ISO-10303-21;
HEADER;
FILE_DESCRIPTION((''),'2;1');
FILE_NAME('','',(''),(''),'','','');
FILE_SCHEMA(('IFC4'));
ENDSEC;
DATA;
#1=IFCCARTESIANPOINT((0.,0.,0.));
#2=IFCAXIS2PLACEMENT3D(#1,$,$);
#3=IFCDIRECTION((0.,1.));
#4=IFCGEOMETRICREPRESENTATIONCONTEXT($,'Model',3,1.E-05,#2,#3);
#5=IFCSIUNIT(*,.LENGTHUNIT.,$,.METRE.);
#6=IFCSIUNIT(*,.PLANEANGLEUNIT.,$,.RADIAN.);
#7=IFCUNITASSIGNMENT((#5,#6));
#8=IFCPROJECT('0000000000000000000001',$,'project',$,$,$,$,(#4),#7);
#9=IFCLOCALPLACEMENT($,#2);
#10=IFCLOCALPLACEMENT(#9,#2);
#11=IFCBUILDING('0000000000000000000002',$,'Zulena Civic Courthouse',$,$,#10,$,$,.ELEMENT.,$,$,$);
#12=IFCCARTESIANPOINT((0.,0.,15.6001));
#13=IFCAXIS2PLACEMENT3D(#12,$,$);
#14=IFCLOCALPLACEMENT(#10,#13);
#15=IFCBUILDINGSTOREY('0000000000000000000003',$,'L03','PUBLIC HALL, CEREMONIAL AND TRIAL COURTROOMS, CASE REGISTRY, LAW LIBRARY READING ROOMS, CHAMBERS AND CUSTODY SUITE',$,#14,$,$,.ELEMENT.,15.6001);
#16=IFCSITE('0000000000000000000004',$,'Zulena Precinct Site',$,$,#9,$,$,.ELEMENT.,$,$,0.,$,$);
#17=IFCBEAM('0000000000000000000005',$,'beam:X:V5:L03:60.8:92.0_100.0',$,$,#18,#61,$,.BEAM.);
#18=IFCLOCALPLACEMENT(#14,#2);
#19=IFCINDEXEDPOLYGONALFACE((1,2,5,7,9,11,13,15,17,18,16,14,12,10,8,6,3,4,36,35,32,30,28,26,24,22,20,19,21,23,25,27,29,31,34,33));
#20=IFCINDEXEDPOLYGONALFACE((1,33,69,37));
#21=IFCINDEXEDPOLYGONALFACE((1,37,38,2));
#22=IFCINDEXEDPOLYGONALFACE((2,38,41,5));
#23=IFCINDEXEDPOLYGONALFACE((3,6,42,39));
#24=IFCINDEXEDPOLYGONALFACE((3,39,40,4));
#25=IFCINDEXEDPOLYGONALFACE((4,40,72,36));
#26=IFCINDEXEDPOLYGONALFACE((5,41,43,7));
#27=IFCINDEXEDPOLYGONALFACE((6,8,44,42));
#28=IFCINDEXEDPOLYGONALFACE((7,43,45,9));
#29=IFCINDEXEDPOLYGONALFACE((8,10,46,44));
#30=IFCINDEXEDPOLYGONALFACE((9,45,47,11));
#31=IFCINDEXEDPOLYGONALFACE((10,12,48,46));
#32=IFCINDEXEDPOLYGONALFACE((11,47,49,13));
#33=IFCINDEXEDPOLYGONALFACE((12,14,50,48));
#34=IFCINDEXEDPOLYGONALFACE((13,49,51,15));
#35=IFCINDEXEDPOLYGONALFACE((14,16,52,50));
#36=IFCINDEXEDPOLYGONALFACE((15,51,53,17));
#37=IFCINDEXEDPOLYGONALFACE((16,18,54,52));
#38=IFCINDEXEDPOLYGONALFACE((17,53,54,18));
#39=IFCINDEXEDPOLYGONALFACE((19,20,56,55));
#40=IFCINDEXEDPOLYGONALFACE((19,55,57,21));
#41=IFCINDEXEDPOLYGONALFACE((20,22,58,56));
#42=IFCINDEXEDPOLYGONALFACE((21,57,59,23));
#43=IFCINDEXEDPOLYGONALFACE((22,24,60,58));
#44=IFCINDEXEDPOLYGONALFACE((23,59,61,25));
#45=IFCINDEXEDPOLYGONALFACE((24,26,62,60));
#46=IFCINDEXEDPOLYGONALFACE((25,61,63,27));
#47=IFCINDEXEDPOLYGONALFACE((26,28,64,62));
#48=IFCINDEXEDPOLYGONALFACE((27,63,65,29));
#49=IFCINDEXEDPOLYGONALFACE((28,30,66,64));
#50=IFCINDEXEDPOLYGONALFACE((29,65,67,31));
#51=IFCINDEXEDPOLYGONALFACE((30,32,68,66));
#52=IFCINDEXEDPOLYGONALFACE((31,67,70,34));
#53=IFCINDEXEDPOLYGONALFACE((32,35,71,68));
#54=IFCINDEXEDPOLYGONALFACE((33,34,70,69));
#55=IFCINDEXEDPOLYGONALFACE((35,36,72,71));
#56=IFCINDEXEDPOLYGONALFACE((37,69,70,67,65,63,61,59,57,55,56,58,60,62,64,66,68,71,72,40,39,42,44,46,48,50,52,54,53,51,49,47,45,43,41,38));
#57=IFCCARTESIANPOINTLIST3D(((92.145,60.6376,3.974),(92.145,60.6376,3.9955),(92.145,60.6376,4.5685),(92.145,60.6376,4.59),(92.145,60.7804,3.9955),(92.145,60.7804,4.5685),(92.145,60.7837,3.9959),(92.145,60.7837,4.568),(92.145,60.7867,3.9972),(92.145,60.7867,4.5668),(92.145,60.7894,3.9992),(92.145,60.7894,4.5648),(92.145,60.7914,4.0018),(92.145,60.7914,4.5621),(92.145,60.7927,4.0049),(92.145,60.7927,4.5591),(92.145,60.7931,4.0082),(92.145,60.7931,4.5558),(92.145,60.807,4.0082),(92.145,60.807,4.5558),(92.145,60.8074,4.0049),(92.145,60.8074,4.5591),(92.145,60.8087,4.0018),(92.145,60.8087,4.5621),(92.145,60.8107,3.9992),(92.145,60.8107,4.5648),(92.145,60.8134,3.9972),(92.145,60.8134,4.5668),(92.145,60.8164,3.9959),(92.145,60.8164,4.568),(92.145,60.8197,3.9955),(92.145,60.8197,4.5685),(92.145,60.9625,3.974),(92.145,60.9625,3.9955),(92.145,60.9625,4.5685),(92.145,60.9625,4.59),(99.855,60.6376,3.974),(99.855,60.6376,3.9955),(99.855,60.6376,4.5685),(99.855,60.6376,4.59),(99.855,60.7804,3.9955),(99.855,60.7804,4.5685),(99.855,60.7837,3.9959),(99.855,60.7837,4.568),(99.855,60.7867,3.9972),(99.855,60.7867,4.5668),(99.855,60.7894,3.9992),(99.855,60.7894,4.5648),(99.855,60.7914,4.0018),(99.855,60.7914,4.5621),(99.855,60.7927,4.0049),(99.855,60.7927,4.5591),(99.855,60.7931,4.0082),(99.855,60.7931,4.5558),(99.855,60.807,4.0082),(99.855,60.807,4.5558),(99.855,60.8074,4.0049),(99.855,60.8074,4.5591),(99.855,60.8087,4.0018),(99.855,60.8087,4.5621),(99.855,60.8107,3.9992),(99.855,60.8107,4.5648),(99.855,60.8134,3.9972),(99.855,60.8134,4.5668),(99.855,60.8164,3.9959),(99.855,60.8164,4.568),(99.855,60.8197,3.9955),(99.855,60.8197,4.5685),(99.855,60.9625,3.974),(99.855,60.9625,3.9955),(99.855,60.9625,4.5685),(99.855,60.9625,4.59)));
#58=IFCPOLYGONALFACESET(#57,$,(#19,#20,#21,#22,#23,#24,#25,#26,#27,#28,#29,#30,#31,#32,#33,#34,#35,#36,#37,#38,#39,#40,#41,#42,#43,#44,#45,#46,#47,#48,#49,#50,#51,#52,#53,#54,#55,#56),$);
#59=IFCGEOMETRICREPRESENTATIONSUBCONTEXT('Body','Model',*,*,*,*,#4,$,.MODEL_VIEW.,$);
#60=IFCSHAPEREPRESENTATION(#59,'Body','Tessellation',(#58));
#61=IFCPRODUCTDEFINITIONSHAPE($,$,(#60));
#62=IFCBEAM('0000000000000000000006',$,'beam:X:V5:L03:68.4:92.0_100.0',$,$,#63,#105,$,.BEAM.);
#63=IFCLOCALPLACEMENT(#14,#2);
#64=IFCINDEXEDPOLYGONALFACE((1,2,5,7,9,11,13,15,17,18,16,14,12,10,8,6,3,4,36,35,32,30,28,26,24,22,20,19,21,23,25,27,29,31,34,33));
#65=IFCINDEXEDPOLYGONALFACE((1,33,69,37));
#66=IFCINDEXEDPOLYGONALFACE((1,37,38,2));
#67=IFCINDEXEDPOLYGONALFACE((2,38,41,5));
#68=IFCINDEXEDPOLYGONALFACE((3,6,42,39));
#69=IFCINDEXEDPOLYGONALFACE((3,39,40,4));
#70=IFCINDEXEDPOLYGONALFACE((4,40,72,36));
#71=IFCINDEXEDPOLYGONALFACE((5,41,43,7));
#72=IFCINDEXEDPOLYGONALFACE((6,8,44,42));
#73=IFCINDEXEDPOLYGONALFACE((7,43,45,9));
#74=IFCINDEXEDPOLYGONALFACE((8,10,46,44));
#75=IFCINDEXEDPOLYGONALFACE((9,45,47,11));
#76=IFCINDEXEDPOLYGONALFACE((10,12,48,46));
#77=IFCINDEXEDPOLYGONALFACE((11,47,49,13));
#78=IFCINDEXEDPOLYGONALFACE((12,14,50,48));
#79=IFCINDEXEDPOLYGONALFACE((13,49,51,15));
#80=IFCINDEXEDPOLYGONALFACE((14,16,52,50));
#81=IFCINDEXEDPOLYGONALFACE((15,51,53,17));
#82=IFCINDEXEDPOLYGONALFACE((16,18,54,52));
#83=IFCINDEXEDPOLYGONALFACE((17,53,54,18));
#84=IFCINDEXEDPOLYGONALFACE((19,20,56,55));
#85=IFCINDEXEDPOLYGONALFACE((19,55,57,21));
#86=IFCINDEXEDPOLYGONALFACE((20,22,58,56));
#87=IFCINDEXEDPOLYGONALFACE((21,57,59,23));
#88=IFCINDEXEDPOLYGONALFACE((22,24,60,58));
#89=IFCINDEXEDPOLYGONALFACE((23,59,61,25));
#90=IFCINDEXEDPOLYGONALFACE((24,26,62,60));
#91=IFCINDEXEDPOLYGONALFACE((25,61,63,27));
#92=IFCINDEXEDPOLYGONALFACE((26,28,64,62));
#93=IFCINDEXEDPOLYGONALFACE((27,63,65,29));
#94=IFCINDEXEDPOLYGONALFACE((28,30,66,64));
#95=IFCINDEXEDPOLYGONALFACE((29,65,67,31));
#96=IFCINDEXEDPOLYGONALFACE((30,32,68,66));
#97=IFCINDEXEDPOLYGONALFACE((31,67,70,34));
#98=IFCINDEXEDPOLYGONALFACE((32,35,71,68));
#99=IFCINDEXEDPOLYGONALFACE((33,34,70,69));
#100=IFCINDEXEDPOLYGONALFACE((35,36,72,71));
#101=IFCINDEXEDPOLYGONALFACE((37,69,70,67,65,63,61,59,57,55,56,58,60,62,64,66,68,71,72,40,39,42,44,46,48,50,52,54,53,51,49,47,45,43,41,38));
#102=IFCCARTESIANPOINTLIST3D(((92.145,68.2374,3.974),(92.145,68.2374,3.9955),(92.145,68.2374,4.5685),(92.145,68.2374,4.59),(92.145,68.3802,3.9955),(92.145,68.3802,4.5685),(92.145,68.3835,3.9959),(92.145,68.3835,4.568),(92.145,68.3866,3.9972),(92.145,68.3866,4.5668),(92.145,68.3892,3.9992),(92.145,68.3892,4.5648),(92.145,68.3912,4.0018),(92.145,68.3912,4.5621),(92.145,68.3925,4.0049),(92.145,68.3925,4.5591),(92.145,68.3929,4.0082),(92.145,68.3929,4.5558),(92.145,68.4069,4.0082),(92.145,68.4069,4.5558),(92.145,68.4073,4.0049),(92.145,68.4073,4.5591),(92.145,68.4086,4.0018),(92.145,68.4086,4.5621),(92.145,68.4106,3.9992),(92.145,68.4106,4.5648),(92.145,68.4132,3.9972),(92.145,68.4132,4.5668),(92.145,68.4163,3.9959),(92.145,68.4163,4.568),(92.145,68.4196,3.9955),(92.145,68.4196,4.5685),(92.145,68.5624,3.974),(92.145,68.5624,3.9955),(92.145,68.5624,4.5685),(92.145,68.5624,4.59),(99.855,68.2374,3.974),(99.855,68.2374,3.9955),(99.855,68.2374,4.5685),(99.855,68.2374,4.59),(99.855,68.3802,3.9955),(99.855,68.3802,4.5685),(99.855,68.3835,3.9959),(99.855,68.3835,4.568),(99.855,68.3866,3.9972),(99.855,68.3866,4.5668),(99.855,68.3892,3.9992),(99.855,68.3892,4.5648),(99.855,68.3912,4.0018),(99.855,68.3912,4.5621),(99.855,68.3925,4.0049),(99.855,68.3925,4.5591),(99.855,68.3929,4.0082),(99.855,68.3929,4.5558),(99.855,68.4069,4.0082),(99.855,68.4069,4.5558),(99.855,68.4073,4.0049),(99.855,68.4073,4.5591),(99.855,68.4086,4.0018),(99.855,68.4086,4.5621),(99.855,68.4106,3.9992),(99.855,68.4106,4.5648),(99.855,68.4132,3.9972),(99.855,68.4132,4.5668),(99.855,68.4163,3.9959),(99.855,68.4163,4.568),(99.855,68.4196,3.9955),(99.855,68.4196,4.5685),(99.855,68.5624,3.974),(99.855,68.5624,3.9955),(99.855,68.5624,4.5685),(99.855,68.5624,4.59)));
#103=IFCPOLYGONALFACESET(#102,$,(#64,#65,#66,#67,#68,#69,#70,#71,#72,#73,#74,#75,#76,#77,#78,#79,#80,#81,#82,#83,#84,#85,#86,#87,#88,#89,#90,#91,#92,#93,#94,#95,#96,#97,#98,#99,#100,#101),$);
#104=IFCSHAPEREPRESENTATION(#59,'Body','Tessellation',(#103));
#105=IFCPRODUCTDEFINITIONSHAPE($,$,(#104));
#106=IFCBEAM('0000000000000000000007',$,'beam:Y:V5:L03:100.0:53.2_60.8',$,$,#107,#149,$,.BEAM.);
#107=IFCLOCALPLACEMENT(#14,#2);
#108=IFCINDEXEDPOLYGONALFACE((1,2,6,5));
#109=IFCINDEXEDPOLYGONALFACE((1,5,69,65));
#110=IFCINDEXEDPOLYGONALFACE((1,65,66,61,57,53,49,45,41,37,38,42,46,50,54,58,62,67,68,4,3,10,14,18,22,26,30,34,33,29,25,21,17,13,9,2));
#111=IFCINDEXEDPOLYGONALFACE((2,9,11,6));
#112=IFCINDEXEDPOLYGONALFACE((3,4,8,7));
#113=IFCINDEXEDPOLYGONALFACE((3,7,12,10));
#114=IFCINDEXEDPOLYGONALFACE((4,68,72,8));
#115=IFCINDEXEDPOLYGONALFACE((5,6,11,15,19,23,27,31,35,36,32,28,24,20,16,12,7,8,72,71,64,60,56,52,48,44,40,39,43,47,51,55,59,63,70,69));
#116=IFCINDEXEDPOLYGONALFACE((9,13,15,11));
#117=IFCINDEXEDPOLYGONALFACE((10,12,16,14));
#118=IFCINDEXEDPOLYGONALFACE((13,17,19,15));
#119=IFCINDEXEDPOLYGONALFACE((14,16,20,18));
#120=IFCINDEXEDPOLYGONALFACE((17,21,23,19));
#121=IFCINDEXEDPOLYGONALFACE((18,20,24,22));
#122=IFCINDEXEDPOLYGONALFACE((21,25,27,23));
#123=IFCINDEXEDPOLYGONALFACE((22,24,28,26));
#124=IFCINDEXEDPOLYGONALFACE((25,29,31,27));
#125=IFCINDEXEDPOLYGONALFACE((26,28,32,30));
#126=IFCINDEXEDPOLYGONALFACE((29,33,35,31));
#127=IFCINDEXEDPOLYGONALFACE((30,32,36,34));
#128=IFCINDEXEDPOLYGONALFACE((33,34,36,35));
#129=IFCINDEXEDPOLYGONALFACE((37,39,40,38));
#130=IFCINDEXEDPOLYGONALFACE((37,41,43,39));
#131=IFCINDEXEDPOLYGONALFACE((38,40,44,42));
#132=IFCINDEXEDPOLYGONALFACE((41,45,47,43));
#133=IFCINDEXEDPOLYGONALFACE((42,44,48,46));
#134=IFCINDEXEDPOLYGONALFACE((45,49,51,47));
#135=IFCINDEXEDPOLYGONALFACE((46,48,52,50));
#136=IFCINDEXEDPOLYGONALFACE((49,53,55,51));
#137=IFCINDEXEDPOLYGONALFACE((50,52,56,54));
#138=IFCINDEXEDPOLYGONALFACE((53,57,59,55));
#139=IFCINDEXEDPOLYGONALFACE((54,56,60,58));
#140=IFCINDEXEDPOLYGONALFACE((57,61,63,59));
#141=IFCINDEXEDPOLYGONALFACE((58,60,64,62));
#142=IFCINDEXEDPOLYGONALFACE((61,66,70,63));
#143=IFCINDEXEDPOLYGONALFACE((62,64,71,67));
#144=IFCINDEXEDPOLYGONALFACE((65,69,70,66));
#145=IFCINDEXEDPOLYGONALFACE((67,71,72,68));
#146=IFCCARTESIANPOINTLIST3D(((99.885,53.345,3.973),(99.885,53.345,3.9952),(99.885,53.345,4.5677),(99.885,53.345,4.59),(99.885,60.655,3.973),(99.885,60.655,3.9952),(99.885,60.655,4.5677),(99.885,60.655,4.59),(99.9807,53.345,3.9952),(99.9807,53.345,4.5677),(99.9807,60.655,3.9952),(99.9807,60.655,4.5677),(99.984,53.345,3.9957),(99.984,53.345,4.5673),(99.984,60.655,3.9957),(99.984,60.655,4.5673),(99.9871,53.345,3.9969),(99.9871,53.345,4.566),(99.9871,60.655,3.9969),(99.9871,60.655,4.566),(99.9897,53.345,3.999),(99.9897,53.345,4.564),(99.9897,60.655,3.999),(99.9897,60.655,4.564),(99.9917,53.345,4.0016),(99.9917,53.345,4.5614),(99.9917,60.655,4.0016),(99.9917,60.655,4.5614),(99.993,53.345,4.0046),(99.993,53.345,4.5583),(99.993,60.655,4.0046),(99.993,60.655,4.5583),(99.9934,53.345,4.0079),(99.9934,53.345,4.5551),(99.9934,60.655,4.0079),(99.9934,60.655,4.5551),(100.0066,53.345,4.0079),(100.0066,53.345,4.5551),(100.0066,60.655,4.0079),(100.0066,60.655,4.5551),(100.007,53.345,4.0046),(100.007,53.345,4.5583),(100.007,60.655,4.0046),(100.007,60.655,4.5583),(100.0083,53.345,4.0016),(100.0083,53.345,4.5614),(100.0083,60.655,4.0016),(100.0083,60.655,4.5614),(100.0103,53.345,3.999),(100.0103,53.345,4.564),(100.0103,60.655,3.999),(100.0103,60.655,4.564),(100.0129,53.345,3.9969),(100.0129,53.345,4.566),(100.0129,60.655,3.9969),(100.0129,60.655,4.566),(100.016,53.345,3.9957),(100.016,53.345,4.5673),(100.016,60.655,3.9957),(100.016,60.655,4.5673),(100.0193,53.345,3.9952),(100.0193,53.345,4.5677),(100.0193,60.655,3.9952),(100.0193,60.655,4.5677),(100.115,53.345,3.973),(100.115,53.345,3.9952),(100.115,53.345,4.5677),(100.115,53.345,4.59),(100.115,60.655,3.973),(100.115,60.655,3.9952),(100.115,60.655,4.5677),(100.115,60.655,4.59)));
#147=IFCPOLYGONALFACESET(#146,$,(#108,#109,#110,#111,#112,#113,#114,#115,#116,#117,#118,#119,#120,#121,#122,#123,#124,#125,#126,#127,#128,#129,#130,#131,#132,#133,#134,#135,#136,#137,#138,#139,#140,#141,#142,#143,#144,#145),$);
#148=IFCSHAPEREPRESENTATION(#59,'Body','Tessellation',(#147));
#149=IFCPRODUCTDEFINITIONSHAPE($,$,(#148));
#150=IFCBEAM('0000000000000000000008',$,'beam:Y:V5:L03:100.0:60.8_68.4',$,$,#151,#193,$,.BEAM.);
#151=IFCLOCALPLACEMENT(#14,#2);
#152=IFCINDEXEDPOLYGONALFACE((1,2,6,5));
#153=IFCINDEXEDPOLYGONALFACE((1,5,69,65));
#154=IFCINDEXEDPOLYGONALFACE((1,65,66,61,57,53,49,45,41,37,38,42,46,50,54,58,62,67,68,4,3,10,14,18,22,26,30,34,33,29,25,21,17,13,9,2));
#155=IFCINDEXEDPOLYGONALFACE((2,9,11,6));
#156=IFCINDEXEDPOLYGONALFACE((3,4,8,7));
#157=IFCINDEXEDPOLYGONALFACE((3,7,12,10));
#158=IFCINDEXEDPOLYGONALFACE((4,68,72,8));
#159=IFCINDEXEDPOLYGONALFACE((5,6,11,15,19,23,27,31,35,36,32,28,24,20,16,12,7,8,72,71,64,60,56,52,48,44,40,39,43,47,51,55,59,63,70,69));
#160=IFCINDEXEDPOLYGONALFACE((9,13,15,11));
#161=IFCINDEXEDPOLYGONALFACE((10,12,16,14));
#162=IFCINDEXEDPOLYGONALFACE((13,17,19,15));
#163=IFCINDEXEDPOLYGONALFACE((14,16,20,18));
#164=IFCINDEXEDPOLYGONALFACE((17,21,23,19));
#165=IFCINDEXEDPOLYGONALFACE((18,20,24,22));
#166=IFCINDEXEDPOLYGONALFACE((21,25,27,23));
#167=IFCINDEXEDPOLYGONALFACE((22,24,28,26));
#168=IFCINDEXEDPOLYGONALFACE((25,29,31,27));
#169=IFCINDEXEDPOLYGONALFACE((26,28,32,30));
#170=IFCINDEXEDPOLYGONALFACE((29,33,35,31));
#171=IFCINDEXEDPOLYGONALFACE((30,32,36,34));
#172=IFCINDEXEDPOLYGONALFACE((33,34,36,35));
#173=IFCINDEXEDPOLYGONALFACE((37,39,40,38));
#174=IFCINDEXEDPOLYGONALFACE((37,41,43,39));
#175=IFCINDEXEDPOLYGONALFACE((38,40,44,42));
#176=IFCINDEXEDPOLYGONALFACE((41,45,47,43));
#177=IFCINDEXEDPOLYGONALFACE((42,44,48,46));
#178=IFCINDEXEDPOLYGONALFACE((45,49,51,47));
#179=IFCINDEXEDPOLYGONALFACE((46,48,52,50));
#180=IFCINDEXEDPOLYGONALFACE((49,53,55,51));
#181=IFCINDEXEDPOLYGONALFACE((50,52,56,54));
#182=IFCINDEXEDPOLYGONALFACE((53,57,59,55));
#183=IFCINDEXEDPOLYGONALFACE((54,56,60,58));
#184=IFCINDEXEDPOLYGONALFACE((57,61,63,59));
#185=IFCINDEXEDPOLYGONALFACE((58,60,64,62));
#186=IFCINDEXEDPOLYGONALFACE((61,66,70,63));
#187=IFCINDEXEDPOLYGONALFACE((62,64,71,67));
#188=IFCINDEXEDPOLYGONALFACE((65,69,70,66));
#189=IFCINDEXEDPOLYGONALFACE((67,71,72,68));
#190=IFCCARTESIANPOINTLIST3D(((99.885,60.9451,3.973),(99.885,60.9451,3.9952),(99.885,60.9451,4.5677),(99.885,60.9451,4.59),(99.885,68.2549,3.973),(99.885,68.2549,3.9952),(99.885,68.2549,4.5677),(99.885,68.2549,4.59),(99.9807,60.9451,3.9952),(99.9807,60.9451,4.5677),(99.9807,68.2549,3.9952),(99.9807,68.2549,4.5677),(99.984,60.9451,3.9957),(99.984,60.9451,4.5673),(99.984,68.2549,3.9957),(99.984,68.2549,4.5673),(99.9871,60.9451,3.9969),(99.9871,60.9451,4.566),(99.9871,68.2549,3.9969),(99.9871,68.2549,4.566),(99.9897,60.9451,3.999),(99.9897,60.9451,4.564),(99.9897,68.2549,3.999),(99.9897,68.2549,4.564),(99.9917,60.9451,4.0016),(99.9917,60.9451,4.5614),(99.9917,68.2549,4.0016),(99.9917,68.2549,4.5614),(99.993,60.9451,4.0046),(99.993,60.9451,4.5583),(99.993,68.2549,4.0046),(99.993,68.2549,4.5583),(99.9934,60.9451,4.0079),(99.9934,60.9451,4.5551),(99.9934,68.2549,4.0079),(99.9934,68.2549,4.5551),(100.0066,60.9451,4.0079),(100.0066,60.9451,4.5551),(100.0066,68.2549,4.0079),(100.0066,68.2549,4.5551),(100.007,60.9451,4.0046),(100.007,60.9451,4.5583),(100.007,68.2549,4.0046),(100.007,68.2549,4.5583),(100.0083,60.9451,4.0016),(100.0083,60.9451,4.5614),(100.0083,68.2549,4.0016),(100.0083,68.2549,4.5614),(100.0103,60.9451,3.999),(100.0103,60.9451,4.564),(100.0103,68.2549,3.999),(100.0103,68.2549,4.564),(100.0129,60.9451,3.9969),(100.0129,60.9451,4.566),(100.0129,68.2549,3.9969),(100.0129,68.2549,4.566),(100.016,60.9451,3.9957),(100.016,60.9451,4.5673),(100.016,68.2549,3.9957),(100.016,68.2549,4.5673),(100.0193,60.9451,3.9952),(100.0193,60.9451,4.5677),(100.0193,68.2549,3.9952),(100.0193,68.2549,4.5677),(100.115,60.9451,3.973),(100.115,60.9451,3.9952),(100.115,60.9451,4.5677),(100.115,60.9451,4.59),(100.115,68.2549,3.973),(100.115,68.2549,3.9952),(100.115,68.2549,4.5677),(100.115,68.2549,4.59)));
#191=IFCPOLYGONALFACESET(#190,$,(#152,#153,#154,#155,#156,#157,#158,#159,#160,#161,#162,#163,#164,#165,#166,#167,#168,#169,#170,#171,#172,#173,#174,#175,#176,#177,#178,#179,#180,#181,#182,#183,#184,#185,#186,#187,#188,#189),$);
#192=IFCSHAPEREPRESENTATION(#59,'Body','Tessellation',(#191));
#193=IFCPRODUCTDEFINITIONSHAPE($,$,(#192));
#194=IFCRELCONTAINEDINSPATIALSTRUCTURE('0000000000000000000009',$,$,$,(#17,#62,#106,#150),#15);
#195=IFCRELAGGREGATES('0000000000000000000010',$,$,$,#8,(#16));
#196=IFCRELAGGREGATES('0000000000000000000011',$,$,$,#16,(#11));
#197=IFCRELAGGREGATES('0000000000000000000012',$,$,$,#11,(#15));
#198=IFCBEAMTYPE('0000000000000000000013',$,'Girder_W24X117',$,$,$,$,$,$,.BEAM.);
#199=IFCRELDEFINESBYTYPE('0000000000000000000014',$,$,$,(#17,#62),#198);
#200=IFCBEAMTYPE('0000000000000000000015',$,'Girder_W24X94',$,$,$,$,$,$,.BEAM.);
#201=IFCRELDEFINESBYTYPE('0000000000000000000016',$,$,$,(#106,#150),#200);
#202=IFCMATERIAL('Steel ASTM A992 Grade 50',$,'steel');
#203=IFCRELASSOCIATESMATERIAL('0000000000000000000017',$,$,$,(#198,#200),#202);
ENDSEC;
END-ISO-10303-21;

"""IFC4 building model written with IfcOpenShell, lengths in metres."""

from ifc_helpers import new_model, si_unit, direction, frame, origin, origin_2d, place, context, subcontext, project, spatial, i_section, extrude, material, material_profile, profile_set, type_object, element, save


model = new_model("IFC4")

# Units and contexts
model_context = context("Model", 3, precision=1e-05, world=origin(), true_north=direction((0.0, 1.0)))
body_context = subcontext(model_context, "Body", "Model", "MODEL_VIEW")
ifc_project = project(units=[si_unit("LENGTHUNIT", "METRE"), si_unit("PLANEANGLEUNIT", "RADIAN")], contexts=[model_context])

# Site, building, storey
site_placement = place(None, origin())
site = spatial("IfcSite", under=ifc_project, at=site_placement, Name="Zulena Precinct Site", CompositionType="ELEMENT", RefElevation=0.0)
building_placement = place(site_placement, origin())
building = spatial("IfcBuilding", under=site, at=building_placement, Name="Zulena Civic Courthouse", CompositionType="ELEMENT")
storey_placement = place(building_placement, frame((0.0, 0.0, 15.6001)))
storey = spatial("IfcBuildingStorey", under=building, at=storey_placement, Name="L03", Description="PUBLIC HALL, CEREMONIAL AND TRIAL COURTROOMS, CASE REGISTRY, LAW LIBRARY READING ROOMS, CHAMBERS AND CUSTODY SUITE", CompositionType="ELEMENT", Elevation=15.6001)

# Shared definitions
ifc_material_1 = material(Name="Steel ASTM A992 Grade 50", Category="steel")

# Beams
ifc_material_profile_1 = material_profile(ifc_material_1, i_section(OverallWidth=0.325, OverallDepth=0.616, WebThickness=0.0139, FlangeThickness=0.0215, FilletRadius=0.0127, at=origin_2d()), Name="W24X117")
ifc_profile_set_1 = profile_set([ifc_material_profile_1], Name="Steel ASTM A992 Grade 50")
beam_type_1 = type_object("IfcBeamType", Name="Girder_W24X117", PredefinedType="BEAM", material=ifc_profile_set_1)
for number, where, z_axis, x_axis, name in (
    (1, (92.145, 60.8, 4.282), (1.0, 0.0, 0.0), (0.0, 1.0, 0.0), "beam:X:V5:L03:60.8:92.0_100.0"),
    (2, (92.145, 68.3999, 4.282), (1.0, 0.0, 0.0), (0.0, 1.0, 0.0), "beam:X:V5:L03:68.4:92.0_100.0"),
):
    element("IfcBeam", number, at=place(storey_placement, frame(where, z_axis=z_axis, x_axis=x_axis)), inside=storey, type_object=beam_type_1, Name=name, PredefinedType="BEAM", context=body_context, shape_type="SweptSolid", body=[
        extrude(i_section(OverallWidth=0.325, OverallDepth=0.616, WebThickness=0.0139, FlangeThickness=0.0215, FilletRadius=0.0127, at=origin_2d()), origin(), (0.0, 0.0, 1.0), 7.71),
    ])
ifc_material_profile_2 = material_profile(ifc_material_1, i_section(OverallWidth=0.23, OverallDepth=0.6169, WebThickness=0.0132, FlangeThickness=0.0222, FilletRadius=0.0127, at=origin_2d()), Name="W24X94")
ifc_profile_set_2 = profile_set([ifc_material_profile_2], Name="Steel ASTM A992 Grade 50")
beam_type_2 = type_object("IfcBeamType", Name="Girder_W24X94", PredefinedType="BEAM", material=ifc_profile_set_2)
beam_1_placement = place(storey_placement, frame((100.0, 53.345, 4.2815), z_axis=(0.0, 1.0, 0.0), x_axis=(-1.0, 0.0, 0.0)))
element("IfcBeam", 3, at=beam_1_placement, inside=storey, type_object=beam_type_2, Name="beam:Y:V5:L03:100.0:53.2_60.8", PredefinedType="BEAM", context=body_context, shape_type="SweptSolid", body=[
    extrude(i_section(OverallWidth=0.23, OverallDepth=0.6169, WebThickness=0.0132, FlangeThickness=0.0222, FilletRadius=0.0127, at=origin_2d()), origin(), (0.0, 0.0, 1.0), 7.3101),
])
beam_2_placement = place(storey_placement, frame((100.0, 60.9451, 4.2815), z_axis=(0.0, 1.0, 0.0), x_axis=(-1.0, 0.0, 0.0)))
element("IfcBeam", 4, at=beam_2_placement, inside=storey, type_object=beam_type_2, Name="beam:Y:V5:L03:100.0:60.8_68.4", PredefinedType="BEAM", context=body_context, shape_type="SweptSolid", body=[
    extrude(i_section(OverallWidth=0.23, OverallDepth=0.6169, WebThickness=0.0132, FlangeThickness=0.0222, FilletRadius=0.0127, at=origin_2d()), origin(), (0.0, 0.0, 1.0), 7.3098),
])

save(model, "model.ifc")
